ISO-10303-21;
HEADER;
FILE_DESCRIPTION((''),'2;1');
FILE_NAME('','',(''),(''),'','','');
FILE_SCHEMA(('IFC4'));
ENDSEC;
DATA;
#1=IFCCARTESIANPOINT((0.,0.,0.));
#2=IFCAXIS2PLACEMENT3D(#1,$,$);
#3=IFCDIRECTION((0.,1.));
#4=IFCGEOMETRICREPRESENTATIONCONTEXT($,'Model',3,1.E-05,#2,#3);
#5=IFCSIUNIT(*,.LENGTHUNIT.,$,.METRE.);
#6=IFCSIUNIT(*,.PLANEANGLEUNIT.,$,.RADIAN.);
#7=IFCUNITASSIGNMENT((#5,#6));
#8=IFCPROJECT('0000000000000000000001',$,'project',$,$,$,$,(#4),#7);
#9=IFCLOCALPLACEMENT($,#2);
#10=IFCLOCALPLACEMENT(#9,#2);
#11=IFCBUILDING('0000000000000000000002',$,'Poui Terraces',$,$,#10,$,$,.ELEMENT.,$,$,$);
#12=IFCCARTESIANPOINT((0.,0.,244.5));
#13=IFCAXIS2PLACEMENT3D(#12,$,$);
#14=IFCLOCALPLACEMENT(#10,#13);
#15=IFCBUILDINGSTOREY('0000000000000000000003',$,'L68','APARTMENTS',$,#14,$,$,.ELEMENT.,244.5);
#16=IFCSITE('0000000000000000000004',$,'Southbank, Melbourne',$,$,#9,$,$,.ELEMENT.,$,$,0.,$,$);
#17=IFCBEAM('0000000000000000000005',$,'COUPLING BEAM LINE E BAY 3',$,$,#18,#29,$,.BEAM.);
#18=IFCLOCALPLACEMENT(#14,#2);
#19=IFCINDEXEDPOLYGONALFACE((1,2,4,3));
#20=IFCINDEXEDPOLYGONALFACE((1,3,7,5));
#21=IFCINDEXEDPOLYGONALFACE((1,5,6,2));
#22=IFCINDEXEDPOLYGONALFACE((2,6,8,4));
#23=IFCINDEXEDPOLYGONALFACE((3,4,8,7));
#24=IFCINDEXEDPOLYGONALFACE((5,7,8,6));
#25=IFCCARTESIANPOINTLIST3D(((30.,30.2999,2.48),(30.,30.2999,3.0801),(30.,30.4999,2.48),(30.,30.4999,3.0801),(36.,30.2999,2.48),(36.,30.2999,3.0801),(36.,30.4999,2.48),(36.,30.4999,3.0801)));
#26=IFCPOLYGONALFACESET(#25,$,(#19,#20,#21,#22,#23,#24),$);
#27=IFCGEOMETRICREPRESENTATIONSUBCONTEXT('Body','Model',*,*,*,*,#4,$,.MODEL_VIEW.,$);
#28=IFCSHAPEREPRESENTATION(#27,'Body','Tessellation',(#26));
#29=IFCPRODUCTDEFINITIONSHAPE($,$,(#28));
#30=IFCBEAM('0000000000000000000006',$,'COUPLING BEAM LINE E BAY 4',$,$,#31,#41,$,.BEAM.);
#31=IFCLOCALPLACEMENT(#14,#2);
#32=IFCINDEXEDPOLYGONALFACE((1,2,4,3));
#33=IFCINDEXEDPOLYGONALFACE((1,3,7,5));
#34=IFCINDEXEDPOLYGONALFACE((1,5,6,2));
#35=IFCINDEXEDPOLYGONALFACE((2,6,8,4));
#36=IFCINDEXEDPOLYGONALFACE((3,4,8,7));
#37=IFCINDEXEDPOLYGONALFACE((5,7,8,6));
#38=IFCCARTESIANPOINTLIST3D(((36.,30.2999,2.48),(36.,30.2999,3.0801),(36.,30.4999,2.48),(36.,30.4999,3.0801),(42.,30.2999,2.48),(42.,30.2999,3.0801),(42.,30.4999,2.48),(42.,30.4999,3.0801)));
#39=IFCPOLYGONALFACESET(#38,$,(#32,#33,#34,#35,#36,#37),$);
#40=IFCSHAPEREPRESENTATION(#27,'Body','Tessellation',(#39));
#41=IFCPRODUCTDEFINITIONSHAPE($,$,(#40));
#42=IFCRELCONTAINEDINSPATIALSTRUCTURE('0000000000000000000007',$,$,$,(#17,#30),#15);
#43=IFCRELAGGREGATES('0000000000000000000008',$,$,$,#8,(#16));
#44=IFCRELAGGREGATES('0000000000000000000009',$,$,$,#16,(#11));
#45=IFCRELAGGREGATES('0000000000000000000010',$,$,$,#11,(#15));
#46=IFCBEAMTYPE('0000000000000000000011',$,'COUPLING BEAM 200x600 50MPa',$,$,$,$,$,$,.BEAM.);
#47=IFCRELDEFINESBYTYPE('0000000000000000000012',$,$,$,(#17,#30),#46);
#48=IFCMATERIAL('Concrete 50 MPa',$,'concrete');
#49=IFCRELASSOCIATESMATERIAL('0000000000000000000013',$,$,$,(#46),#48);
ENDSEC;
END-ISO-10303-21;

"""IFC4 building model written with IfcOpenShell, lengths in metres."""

from ifc_helpers import new_model, si_unit, direction, frame, origin, origin_2d, place, context, subcontext, project, spatial, rectangle, extrude, source, transform, mapped, material, material_profile, profile_set, type_object, element, save


model = new_model("IFC4")

# Units and contexts
model_context = context("Model", 3, precision=1e-05, world=origin(), true_north=direction((0.0, 1.0)))
body_context = subcontext(model_context, "Body", "Model", "MODEL_VIEW")
ifc_project = project(units=[si_unit("LENGTHUNIT", "METRE"), si_unit("PLANEANGLEUNIT", "RADIAN")], contexts=[model_context])

# Site, building, storey
site_placement = place(None, origin())
site = spatial("IfcSite", under=ifc_project, at=site_placement, Name="Southbank, Melbourne", CompositionType="ELEMENT", RefElevation=0.0)
building_placement = place(site_placement, origin())
building = spatial("IfcBuilding", under=site, at=building_placement, Name="Poui Terraces", CompositionType="ELEMENT")
storey_placement = place(building_placement, frame((0.0, 0.0, 244.5)))
storey = spatial("IfcBuildingStorey", under=building, at=storey_placement, Name="L68", Description="APARTMENTS", CompositionType="ELEMENT", Elevation=244.5)

# Beams
ifc_material_1 = material(Name="Concrete 50 MPa", Category="concrete")
ifc_material_profile = material_profile(ifc_material_1, rectangle(XDim=0.2, YDim=0.6001, at=origin_2d()), Name="RC 200x600")
ifc_profile_set = profile_set([ifc_material_profile], Name="Concrete 50 MPa")
beam_type = type_object("IfcBeamType", Name="COUPLING BEAM 200x600 50MPa", PredefinedType="BEAM", material=ifc_profile_set)
shared_shape = source(origin(), body_context, "Body", "SweptSolid", [
    extrude(rectangle(XDim=0.2, YDim=0.6001, at=origin_2d()), origin(), (0.0, 0.0, 1.0), 6.0),
])
for number, where, z_axis, x_axis, name in (
    (1, (30.0, 30.3999, 2.78), (1.0, 0.0, 0.0), (0.0, 1.0, 0.0), "COUPLING BEAM LINE E BAY 3"),
    (2, (36.0, 30.3999, 2.78), (1.0, 0.0, 0.0), (0.0, 1.0, 0.0), "COUPLING BEAM LINE E BAY 4"),
):
    element("IfcBeam", number, at=place(storey_placement, frame(where, z_axis=z_axis, x_axis=x_axis)), inside=storey, type_object=beam_type, Name=name, PredefinedType="BEAM", context=body_context, shape_type="MappedRepresentation", body=[
        mapped(shared_shape, transform((0.0, 0.0, 0.0))),
    ])

save(model, "model.ifc")
